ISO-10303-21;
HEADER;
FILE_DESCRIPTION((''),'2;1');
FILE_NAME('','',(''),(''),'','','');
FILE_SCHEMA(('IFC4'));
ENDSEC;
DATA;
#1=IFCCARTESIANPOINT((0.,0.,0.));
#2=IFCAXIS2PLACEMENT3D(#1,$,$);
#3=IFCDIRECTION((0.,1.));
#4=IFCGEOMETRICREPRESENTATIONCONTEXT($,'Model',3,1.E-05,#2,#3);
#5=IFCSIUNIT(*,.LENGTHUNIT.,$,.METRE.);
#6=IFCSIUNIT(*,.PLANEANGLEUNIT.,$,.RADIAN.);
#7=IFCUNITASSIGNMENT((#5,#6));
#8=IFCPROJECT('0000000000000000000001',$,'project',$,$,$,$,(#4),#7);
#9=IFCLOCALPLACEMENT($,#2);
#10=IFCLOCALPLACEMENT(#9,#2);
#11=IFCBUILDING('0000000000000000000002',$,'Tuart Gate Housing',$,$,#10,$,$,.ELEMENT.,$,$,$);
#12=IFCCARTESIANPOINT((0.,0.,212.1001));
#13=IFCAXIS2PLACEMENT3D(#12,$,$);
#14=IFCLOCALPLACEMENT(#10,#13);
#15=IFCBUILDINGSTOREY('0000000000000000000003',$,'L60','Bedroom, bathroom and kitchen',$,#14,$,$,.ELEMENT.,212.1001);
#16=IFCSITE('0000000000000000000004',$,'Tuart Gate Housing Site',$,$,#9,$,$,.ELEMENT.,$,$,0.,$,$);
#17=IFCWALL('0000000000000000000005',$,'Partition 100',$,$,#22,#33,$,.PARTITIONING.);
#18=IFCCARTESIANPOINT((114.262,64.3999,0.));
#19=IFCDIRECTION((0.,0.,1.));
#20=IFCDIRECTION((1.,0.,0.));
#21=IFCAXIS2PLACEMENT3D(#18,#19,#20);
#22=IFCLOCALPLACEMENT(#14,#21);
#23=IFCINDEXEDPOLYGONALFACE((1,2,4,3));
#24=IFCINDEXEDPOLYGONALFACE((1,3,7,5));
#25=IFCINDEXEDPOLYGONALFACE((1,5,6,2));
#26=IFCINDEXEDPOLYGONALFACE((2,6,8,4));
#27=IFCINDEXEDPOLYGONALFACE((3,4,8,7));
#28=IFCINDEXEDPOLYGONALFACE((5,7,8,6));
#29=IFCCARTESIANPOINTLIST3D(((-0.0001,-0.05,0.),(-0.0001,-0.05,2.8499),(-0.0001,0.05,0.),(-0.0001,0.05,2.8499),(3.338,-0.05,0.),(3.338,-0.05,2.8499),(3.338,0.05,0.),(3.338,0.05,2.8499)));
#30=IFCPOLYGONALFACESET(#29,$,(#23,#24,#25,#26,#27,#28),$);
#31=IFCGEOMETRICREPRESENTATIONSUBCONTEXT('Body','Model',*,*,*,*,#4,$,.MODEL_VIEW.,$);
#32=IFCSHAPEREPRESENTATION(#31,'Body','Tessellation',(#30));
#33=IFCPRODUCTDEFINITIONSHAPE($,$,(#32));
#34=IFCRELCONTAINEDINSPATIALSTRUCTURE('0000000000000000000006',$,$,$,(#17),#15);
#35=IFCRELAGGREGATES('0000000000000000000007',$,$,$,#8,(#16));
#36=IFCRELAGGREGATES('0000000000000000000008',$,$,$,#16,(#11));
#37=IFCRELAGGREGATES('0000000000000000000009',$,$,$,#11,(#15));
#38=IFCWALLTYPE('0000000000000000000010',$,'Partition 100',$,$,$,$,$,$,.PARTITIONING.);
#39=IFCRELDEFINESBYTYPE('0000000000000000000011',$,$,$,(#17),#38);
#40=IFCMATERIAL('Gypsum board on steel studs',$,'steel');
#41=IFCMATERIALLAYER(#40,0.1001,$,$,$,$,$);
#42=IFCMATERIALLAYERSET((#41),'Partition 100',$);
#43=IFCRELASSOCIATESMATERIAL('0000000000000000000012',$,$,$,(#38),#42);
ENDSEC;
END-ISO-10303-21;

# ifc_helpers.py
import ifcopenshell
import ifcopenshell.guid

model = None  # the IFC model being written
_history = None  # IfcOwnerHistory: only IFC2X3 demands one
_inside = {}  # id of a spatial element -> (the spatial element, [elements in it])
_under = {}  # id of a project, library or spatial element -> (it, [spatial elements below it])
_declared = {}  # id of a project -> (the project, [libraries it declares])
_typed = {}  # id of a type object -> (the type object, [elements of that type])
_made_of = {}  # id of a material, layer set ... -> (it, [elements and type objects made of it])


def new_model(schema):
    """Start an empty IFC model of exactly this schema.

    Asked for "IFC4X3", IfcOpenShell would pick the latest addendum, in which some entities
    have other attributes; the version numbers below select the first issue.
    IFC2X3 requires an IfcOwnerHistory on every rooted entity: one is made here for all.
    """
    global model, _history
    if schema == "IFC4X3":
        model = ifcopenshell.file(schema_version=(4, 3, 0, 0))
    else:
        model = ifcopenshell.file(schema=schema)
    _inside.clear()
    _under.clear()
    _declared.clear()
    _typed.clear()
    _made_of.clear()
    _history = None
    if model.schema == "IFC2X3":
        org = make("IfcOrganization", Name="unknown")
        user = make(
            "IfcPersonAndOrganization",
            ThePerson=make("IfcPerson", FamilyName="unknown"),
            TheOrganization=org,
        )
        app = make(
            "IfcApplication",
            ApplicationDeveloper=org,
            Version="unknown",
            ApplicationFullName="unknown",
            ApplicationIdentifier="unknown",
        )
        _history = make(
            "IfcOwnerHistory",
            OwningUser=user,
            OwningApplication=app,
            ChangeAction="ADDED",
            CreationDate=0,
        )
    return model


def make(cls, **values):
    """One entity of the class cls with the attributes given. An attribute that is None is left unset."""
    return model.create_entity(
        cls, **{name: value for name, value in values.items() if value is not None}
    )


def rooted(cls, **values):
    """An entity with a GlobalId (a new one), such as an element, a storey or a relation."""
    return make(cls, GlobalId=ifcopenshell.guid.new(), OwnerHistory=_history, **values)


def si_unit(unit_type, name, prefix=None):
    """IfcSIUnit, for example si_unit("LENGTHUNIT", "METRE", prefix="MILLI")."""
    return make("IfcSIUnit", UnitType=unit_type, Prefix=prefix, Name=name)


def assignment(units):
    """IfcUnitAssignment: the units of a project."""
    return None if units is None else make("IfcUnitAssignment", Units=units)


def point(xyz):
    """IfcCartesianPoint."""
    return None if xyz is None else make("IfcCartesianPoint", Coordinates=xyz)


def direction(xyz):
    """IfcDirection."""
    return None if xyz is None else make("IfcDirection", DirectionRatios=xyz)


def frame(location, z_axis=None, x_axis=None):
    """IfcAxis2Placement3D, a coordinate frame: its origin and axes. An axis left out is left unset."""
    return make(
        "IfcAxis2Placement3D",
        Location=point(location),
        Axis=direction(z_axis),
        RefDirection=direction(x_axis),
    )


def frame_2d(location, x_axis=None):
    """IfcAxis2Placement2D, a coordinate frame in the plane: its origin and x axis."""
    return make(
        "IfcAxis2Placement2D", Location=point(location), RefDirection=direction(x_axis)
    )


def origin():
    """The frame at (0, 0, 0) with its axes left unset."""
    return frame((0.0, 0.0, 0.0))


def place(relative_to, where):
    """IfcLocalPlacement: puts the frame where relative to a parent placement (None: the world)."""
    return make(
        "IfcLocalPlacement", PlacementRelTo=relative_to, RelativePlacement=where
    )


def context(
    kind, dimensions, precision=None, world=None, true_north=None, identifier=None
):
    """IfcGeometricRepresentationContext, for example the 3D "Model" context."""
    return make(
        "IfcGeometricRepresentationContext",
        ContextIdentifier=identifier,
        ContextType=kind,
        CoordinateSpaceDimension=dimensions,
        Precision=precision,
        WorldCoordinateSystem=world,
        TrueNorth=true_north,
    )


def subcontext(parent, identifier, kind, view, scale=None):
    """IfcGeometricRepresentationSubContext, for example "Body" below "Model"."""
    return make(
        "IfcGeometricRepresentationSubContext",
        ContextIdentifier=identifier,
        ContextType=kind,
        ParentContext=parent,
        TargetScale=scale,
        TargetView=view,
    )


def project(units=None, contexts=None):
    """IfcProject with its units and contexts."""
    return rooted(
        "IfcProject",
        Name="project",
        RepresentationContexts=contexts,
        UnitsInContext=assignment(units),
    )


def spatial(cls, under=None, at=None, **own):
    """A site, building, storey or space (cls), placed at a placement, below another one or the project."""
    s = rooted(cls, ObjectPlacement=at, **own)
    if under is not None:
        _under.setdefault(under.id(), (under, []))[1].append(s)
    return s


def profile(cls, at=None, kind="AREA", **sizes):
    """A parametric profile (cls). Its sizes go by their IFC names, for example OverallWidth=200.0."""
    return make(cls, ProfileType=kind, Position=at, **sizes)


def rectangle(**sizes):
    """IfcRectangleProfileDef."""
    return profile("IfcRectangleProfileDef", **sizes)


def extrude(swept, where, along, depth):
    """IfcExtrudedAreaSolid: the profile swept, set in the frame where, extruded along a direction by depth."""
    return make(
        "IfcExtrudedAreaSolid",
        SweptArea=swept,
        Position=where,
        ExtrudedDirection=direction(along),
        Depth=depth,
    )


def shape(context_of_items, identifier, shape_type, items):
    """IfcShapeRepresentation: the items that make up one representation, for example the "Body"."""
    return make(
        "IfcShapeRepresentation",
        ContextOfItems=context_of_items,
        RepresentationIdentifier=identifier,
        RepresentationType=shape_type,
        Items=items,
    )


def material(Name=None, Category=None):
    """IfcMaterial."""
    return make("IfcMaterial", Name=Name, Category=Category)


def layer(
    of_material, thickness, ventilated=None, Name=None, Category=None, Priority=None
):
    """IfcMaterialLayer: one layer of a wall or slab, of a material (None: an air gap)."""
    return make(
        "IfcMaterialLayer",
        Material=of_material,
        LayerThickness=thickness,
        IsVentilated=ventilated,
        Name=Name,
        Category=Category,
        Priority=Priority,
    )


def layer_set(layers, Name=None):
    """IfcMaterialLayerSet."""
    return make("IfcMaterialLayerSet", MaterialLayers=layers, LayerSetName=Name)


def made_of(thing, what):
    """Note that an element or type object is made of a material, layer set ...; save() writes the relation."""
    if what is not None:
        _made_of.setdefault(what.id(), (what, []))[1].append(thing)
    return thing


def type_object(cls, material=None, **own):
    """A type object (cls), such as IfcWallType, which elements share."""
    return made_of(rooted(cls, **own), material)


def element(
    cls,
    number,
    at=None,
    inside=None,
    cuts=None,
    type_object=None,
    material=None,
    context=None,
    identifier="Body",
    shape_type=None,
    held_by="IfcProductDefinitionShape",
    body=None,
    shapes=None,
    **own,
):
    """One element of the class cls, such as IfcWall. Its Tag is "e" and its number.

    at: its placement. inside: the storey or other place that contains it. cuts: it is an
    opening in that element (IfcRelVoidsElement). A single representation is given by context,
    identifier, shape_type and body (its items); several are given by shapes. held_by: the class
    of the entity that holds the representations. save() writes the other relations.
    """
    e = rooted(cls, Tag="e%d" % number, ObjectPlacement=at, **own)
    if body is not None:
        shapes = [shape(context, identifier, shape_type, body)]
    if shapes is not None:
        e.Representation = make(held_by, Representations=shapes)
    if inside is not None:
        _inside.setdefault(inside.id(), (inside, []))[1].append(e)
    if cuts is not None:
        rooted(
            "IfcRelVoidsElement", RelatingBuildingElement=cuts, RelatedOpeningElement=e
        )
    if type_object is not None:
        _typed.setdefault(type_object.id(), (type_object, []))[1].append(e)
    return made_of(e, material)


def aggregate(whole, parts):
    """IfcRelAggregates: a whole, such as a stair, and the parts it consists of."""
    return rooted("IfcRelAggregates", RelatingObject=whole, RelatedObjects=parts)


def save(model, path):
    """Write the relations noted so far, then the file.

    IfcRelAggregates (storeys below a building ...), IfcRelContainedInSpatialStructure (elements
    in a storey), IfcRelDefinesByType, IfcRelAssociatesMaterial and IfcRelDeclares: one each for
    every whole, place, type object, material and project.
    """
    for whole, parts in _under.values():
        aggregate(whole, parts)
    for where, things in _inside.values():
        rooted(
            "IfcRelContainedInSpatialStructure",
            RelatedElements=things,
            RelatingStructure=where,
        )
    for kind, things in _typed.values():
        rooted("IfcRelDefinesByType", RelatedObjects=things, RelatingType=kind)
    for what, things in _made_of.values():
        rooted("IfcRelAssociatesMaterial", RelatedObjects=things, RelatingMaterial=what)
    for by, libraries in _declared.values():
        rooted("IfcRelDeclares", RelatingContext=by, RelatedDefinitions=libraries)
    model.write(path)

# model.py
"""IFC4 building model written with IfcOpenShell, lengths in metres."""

from ifc_helpers import new_model, si_unit, direction, frame, frame_2d, origin, place, context, subcontext, project, spatial, rectangle, extrude, material, layer, layer_set, type_object, element, save


model = new_model("IFC4")

# Units and contexts
model_context = context("Model", 3, precision=1e-05, world=origin(), true_north=direction((0.0, 1.0)))
body_context = subcontext(model_context, "Body", "Model", "MODEL_VIEW")
ifc_project = project(units=[si_unit("LENGTHUNIT", "METRE"), si_unit("PLANEANGLEUNIT", "RADIAN")], contexts=[model_context])

# Site, building, storey
site_placement = place(None, origin())
site = spatial("IfcSite", under=ifc_project, at=site_placement, Name="Tuart Gate Housing Site", CompositionType="ELEMENT", RefElevation=0.0)
building_placement = place(site_placement, origin())
building = spatial("IfcBuilding", under=site, at=building_placement, Name="Tuart Gate Housing", CompositionType="ELEMENT")
storey_placement = place(building_placement, frame((0.0, 0.0, 212.1001)))
storey = spatial("IfcBuildingStorey", under=building, at=storey_placement, Name="L60", Description="Bedroom, bathroom and kitchen", CompositionType="ELEMENT", Elevation=212.1001)

# Wall
ifc_material_1 = material(Name="Gypsum board on steel studs", Category="steel")
ifc_layer_1 = layer(ifc_material_1, 0.1001)
ifc_layer_set_1 = layer_set([ifc_layer_1], Name="Partition 100")
wall_type_1 = type_object("IfcWallType", Name="Partition 100", PredefinedType="PARTITIONING", material=ifc_layer_set_1)
wall_1_placement = place(storey_placement, frame((114.262, 64.3999, 0.0), z_axis=(0.0, 0.0, 1.0), x_axis=(1.0, 0.0, 0.0)))
element("IfcWall", 1, at=wall_1_placement, inside=storey, type_object=wall_type_1, Name="Partition 100", PredefinedType="PARTITIONING", context=body_context, shape_type="SweptSolid", body=[
    extrude(rectangle(XDim=3.3381, YDim=0.1001, at=frame_2d((1.6689, 0.0))), origin(), (0.0, 0.0, 1.0), 2.8499),
])

save(model, "model.ifc")
